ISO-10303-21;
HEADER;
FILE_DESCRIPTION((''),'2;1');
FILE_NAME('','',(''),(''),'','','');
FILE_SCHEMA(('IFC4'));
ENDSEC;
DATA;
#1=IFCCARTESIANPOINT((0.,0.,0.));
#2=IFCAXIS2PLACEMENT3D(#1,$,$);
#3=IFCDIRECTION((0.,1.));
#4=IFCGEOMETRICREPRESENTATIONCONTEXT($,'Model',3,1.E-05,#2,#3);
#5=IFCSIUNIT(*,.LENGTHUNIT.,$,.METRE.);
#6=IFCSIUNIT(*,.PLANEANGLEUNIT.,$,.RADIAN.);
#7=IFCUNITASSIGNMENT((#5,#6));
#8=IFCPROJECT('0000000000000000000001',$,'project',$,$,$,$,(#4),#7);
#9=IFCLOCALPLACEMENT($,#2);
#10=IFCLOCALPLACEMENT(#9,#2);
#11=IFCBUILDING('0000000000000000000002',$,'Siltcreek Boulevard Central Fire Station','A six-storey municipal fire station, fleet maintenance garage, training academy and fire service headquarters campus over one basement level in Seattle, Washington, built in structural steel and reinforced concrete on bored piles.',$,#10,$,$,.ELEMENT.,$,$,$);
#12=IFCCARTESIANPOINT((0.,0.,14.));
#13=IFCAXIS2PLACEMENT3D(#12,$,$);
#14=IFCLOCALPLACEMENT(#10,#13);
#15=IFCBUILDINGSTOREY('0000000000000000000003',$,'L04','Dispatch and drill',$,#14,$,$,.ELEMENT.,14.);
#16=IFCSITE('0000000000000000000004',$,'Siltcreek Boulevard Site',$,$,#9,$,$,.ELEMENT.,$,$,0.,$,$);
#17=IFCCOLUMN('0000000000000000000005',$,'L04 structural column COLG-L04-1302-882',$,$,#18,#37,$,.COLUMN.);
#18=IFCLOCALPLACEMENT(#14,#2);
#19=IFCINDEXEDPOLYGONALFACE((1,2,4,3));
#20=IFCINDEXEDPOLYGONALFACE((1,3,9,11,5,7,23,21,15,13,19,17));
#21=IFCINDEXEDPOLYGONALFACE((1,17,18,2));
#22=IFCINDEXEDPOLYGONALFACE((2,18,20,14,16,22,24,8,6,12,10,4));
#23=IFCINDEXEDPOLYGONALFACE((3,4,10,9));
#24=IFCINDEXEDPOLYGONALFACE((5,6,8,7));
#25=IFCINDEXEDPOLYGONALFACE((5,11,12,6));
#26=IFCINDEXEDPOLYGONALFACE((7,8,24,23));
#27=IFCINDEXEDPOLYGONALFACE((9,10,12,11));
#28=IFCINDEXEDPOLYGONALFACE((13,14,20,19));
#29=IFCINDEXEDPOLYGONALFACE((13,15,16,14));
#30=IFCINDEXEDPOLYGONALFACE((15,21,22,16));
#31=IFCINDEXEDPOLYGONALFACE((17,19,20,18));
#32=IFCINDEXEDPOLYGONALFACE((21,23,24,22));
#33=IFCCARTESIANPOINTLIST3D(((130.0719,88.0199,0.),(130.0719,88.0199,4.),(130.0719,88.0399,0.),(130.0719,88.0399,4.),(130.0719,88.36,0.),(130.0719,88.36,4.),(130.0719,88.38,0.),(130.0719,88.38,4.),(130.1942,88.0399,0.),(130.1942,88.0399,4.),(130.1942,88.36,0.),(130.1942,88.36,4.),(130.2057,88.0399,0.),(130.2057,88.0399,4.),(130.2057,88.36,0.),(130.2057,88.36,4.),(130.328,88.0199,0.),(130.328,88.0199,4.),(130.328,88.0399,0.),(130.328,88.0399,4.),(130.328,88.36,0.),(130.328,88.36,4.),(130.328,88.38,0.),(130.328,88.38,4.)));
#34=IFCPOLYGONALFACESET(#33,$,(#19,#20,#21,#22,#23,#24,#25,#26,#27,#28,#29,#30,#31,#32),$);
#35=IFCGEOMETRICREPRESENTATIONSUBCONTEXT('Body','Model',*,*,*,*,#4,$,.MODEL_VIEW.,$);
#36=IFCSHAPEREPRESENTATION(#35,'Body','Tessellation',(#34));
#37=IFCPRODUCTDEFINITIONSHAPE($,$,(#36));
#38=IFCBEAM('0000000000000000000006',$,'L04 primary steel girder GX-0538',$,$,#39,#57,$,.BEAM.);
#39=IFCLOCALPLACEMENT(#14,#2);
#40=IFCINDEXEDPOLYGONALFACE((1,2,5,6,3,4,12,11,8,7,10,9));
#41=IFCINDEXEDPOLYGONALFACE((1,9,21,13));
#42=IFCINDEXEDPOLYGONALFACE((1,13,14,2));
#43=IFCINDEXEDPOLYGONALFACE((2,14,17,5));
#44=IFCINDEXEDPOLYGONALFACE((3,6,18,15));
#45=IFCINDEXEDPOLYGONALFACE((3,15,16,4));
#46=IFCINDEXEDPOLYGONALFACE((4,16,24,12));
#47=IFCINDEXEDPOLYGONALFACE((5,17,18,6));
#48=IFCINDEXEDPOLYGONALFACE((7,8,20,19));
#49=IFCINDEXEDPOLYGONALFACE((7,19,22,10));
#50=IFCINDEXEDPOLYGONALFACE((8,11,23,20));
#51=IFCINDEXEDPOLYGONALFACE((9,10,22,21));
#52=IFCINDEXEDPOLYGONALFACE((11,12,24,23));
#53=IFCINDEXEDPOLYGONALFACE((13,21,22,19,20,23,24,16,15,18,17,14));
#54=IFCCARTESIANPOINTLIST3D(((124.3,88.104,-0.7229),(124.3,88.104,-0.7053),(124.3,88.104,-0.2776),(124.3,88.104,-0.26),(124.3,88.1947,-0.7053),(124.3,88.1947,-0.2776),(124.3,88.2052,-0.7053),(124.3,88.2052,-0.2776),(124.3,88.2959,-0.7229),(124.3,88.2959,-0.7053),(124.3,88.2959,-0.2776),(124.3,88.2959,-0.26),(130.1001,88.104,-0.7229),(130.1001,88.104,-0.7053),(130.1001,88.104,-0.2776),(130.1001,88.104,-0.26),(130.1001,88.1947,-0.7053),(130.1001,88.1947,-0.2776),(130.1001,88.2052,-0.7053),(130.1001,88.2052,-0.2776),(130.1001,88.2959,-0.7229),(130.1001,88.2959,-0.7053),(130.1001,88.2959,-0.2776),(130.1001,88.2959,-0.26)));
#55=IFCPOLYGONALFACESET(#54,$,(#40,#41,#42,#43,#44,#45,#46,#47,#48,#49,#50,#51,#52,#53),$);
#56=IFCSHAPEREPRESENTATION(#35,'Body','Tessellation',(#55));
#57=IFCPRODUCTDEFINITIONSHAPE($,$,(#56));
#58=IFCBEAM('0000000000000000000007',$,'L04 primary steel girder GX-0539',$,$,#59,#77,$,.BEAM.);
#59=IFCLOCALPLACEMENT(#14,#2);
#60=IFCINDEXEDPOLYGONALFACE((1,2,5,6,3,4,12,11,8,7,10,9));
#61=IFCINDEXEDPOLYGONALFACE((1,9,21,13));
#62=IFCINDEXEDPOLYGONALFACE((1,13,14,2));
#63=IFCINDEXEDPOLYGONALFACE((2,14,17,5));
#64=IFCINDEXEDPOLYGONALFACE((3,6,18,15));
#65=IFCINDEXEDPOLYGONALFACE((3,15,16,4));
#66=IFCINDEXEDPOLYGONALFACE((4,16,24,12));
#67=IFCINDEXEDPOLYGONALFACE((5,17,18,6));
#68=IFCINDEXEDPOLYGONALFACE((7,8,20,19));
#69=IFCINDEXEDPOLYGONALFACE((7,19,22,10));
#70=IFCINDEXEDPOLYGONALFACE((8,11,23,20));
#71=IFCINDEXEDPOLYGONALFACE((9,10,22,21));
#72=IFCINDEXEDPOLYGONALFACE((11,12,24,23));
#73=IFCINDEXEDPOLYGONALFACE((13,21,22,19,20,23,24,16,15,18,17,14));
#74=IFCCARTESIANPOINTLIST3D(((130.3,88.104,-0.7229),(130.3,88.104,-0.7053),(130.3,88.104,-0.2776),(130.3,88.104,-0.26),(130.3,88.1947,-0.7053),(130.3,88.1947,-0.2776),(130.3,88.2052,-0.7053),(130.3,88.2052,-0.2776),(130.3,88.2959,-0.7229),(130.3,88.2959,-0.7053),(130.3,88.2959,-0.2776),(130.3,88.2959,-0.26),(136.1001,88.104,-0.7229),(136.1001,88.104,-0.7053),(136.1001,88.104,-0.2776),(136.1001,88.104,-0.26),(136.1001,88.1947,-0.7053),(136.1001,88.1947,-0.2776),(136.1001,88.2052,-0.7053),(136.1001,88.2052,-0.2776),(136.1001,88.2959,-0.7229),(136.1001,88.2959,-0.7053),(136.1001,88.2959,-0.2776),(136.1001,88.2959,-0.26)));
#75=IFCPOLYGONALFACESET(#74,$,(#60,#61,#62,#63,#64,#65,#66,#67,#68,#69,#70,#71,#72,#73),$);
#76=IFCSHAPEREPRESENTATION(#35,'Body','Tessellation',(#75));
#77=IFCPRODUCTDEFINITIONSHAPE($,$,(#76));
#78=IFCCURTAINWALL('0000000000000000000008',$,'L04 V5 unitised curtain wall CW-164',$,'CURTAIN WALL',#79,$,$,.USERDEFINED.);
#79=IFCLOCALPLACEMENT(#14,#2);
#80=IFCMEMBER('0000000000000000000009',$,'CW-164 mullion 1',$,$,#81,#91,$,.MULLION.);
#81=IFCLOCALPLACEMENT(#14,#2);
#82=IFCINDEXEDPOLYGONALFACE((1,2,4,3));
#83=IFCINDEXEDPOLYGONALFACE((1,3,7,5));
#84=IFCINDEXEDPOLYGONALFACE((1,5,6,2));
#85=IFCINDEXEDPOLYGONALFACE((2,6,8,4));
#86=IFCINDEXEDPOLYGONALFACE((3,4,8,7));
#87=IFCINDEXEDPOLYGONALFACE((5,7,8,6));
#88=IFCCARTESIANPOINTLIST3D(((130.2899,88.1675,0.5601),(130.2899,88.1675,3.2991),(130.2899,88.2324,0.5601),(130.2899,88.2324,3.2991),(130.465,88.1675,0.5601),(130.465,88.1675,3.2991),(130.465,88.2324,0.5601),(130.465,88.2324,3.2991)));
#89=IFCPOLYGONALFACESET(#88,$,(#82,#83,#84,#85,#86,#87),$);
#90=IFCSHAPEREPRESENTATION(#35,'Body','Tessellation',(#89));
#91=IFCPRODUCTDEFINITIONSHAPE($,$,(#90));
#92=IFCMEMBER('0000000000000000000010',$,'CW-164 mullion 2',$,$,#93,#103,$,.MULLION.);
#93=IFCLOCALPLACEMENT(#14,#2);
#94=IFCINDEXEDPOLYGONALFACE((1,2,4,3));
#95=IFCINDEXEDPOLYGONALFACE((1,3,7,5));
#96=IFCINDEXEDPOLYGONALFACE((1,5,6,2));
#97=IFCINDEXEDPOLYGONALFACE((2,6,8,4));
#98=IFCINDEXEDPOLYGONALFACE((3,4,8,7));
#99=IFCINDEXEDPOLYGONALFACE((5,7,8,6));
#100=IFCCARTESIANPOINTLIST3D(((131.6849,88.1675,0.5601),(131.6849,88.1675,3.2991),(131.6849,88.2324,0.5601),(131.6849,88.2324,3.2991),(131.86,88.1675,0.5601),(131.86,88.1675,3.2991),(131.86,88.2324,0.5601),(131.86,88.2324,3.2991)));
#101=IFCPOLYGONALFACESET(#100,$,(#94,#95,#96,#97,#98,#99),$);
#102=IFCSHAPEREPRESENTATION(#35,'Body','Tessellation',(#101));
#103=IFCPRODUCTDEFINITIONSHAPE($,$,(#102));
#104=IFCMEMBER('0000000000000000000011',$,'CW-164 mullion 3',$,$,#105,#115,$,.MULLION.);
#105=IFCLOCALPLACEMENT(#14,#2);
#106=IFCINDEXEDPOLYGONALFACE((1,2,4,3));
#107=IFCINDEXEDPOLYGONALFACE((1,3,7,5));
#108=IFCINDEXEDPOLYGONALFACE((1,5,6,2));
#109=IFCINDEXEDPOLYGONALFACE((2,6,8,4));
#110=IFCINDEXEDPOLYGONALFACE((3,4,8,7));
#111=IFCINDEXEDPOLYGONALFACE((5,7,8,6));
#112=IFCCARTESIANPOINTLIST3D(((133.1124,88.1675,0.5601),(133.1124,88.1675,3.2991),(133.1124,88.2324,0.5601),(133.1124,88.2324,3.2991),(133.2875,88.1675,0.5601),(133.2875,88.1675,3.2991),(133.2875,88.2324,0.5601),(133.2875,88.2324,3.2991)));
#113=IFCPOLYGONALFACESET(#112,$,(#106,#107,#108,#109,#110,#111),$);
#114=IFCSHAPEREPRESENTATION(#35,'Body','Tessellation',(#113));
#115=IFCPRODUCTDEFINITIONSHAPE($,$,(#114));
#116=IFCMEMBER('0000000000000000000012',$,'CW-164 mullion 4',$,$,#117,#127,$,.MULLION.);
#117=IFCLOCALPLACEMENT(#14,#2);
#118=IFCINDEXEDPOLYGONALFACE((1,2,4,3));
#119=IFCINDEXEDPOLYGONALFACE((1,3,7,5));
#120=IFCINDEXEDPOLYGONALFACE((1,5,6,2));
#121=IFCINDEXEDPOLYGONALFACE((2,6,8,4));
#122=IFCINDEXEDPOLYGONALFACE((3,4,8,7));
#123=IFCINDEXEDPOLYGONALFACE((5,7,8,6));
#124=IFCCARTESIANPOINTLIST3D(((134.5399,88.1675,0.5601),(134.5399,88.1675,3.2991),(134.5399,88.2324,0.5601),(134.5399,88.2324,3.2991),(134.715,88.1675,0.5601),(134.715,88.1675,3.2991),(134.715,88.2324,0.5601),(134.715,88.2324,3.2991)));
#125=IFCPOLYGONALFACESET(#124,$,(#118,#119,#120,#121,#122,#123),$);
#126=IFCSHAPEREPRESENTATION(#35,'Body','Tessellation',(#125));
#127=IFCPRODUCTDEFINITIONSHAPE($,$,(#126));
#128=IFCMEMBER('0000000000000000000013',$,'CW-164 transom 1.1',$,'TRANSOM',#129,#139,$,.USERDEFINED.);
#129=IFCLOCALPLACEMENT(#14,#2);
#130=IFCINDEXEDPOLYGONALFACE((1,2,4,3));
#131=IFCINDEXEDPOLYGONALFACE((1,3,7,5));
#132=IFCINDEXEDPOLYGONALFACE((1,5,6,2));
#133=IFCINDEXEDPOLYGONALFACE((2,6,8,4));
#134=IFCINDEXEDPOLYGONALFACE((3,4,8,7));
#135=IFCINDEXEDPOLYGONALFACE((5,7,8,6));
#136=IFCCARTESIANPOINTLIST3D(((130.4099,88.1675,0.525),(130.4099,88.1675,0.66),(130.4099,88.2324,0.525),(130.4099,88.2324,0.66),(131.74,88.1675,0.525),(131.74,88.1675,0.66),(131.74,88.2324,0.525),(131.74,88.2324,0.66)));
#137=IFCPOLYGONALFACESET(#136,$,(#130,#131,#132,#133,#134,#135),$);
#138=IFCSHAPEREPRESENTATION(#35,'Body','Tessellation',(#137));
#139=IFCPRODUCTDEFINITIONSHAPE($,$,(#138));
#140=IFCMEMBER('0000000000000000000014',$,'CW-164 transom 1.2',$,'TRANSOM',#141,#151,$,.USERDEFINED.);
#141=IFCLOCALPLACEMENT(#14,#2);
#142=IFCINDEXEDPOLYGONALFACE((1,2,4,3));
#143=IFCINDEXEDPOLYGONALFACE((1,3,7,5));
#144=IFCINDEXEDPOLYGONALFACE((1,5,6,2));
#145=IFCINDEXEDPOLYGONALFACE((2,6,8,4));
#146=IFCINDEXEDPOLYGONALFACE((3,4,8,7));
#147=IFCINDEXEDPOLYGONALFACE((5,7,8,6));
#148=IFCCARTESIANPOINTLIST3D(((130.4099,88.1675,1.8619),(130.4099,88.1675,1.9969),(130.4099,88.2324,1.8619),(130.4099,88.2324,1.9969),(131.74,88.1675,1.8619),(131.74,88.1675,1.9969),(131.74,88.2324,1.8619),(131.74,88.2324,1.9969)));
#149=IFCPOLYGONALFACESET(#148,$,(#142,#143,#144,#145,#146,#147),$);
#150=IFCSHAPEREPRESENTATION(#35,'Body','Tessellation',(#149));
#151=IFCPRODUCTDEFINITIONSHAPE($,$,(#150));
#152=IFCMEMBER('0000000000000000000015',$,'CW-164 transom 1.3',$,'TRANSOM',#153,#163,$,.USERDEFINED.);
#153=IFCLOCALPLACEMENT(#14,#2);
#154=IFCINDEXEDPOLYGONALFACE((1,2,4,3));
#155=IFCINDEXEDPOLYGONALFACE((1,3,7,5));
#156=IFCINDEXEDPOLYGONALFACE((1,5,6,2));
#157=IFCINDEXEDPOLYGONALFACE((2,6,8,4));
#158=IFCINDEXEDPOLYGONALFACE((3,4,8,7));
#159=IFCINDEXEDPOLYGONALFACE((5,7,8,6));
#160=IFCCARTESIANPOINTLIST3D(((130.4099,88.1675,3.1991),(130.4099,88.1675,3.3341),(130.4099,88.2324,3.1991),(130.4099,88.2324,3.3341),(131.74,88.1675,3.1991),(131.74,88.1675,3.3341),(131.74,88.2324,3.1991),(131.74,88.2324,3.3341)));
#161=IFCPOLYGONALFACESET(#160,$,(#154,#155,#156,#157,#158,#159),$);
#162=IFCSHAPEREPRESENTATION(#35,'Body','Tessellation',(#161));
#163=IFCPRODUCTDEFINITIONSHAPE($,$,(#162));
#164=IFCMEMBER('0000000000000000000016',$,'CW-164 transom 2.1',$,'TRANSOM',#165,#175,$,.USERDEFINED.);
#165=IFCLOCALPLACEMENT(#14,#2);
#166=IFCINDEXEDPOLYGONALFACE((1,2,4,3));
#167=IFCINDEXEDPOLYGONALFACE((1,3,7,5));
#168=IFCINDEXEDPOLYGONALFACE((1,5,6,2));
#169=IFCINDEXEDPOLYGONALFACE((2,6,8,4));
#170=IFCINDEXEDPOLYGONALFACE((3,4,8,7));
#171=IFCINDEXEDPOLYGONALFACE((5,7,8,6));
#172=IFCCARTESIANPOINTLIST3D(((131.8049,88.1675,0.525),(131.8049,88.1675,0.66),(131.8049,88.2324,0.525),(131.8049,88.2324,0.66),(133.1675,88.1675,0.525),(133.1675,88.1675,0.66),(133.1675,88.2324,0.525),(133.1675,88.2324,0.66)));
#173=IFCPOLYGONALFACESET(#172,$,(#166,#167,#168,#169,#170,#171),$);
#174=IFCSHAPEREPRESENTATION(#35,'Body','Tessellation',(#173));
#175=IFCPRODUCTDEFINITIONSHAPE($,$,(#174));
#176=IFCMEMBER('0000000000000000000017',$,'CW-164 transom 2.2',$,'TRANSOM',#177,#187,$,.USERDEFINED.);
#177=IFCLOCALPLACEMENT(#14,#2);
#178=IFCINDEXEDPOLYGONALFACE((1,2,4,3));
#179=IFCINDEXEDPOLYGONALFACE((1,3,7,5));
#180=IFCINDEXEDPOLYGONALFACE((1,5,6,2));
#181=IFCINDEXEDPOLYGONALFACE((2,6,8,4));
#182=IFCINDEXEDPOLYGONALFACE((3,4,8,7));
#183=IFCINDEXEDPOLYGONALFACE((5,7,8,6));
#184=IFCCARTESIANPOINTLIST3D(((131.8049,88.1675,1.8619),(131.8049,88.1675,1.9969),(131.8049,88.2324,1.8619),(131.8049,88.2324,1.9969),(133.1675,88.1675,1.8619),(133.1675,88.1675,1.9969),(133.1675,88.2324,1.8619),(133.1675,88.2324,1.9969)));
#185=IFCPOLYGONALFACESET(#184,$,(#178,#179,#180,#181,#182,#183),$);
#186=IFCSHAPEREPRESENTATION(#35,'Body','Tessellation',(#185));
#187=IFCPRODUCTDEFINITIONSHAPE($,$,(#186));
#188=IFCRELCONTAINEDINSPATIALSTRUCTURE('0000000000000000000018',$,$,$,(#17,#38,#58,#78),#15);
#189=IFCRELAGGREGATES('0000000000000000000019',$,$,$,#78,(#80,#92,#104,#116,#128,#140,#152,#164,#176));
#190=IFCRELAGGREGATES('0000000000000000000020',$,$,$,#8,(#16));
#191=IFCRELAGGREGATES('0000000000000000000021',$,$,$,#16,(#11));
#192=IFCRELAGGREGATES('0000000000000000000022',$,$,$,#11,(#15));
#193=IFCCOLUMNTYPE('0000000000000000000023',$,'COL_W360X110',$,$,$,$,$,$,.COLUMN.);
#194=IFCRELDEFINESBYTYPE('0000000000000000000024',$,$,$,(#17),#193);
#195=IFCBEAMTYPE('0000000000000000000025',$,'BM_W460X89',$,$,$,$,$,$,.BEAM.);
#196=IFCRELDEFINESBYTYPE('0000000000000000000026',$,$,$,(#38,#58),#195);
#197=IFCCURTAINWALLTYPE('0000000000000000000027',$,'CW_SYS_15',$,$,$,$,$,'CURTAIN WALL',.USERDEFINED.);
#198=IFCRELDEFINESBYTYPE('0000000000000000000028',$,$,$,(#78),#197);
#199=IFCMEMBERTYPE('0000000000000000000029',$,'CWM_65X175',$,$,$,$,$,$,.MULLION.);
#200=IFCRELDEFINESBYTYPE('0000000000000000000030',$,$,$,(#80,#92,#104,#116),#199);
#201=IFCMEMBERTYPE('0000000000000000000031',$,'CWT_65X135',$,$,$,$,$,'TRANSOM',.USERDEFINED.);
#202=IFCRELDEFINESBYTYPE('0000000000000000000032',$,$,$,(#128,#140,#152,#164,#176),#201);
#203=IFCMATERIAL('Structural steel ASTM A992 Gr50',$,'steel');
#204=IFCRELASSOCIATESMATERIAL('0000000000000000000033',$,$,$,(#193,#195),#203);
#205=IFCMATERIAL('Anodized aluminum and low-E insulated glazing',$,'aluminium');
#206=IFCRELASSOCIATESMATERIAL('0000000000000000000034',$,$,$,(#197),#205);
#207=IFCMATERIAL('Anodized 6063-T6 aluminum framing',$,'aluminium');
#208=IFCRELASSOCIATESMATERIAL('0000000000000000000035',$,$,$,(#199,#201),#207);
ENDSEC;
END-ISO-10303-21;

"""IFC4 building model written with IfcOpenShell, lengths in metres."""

from ifc_helpers import new_model, si_unit, direction, frame, origin, origin_2d, place, context, subcontext, project, spatial, rectangle, i_section, extrude, material, material_profile, profile_set, type_object, element, aggregate, save


model = new_model("IFC4")

# Units and contexts
model_context = context("Model", 3, precision=1e-05, world=origin(), true_north=direction((0.0, 1.0)))
body_context = subcontext(model_context, "Body", "Model", "MODEL_VIEW")
ifc_project = project(units=[si_unit("LENGTHUNIT", "METRE"), si_unit("PLANEANGLEUNIT", "RADIAN")], contexts=[model_context])

# Site, building, storey
site_placement = place(None, origin())
site = spatial("IfcSite", under=ifc_project, at=site_placement, Name="Siltcreek Boulevard Site", CompositionType="ELEMENT", RefElevation=0.0)
building_placement = place(site_placement, origin())
building = spatial("IfcBuilding", under=site, at=building_placement, Name="Siltcreek Boulevard Central Fire Station", Description="A six-storey municipal fire station, fleet maintenance garage, training academy and fire service headquarters campus over one basement level in Seattle, Washington, built in structural steel and reinforced concrete on bored piles.", CompositionType="ELEMENT")
storey_placement = place(building_placement, frame((0.0, 0.0, 14.0)))
storey = spatial("IfcBuildingStorey", under=building, at=storey_placement, Name="L04", Description="Dispatch and drill", CompositionType="ELEMENT", Elevation=14.0)

# Column
ifc_material_1 = material(Name="Structural steel ASTM A992 Gr50", Category="steel")
ifc_material_profile_1 = material_profile(ifc_material_1, i_section(OverallWidth=0.2561, OverallDepth=0.3601, WebThickness=0.0115, FlangeThickness=0.02, at=origin_2d()), Name="W360X110")
ifc_profile_set_1 = profile_set([ifc_material_profile_1], Name="Structural steel ASTM A992 Gr50")
column_type = type_object("IfcColumnType", Name="COL_W360X110", PredefinedType="COLUMN", material=ifc_profile_set_1)
column_placement = place(storey_placement, frame((130.2, 88.2, 0.0), z_axis=(0.0, 0.0, 1.0), x_axis=(1.0, 0.0, 0.0)))
element("IfcColumn", 1, at=column_placement, inside=storey, type_object=column_type, Name="L04 structural column COLG-L04-1302-882", PredefinedType="COLUMN", context=body_context, shape_type="SweptSolid", body=[
    extrude(i_section(OverallWidth=0.2561, OverallDepth=0.3601, WebThickness=0.0115, FlangeThickness=0.02, at=origin_2d()), origin(), (0.0, 0.0, 1.0), 4.0),
])

# Beams
ifc_material_profile_2 = material_profile(ifc_material_1, i_section(OverallWidth=0.1919, OverallDepth=0.4629, WebThickness=0.0105, FlangeThickness=0.0176, at=origin_2d()), Name="W460X89")
ifc_profile_set_2 = profile_set([ifc_material_profile_2], Name="Structural steel ASTM A992 Gr50")
beam_type_1 = type_object("IfcBeamType", Name="BM_W460X89", PredefinedType="BEAM", material=ifc_profile_set_2)
for number, where, z_axis, x_axis, name in (
    (2, (124.3, 88.2, -0.4915), (1.0, 0.0, 0.0), (0.0, 1.0, 0.0), "L04 primary steel girder GX-0538"),
    (3, (130.3, 88.2, -0.4915), (1.0, 0.0, 0.0), (0.0, 1.0, 0.0), "L04 primary steel girder GX-0539"),
):
    element("IfcBeam", number, at=place(storey_placement, frame(where, z_axis=z_axis, x_axis=x_axis)), inside=storey, type_object=beam_type_1, Name=name, PredefinedType="BEAM", context=body_context, shape_type="SweptSolid", body=[
        extrude(i_section(OverallWidth=0.1919, OverallDepth=0.4629, WebThickness=0.0105, FlangeThickness=0.0176, at=origin_2d()), origin(), (0.0, 0.0, 1.0), 5.8),
    ])

# Curtain wall, members
ifc_material_2 = material(Name="Anodized aluminum and low-E insulated glazing", Category="aluminium")
curtain_wall_type = type_object("IfcCurtainWallType", Name="CW_SYS_15", ElementType="CURTAIN WALL", PredefinedType="USERDEFINED", material=ifc_material_2)
curtain_wall_placement = place(storey_placement, origin())
curtain_wall = element("IfcCurtainWall", 4, at=curtain_wall_placement, inside=storey, type_object=curtain_wall_type, Name="L04 V5 unitised curtain wall CW-164", ObjectType="CURTAIN WALL", PredefinedType="USERDEFINED")
ifc_material_3 = material(Name="Anodized 6063-T6 aluminum framing", Category="aluminium")
ifc_material_profile_3 = material_profile(ifc_material_3, rectangle(XDim=0.0649, YDim=0.175, at=origin_2d()), Name="MULL65X175")
ifc_profile_set_3 = profile_set([ifc_material_profile_3], Name="Anodized 6063-T6 aluminum framing")
member_type_1 = type_object("IfcMemberType", Name="CWM_65X175", PredefinedType="MULLION", material=ifc_profile_set_3)
member_1_placement = place(storey_placement, frame((130.3774, 88.2, 0.5601), z_axis=(0.0, 0.0, 1.0), x_axis=(0.0, 1.0, 0.0)))
member_1 = element("IfcMember", 5, at=member_1_placement, type_object=member_type_1, Name="CW-164 mullion 1", PredefinedType="MULLION", context=body_context, shape_type="SweptSolid", body=[
    extrude(rectangle(XDim=0.0649, YDim=0.175, at=origin_2d()), origin(), (0.0, 0.0, 1.0), 2.739),
])
member_2_placement = place(storey_placement, frame((131.7725, 88.2, 0.5601), z_axis=(0.0, 0.0, 1.0), x_axis=(0.0, 1.0, 0.0)))
member_2 = element("IfcMember", 6, at=member_2_placement, type_object=member_type_1, Name="CW-164 mullion 2", PredefinedType="MULLION", context=body_context, shape_type="SweptSolid", body=[
    extrude(rectangle(XDim=0.0649, YDim=0.175, at=origin_2d()), origin(), (0.0, 0.0, 1.0), 2.739),
])
member_3_placement = place(storey_placement, frame((133.2, 88.2, 0.5601), z_axis=(0.0, 0.0, 1.0), x_axis=(0.0, 1.0, 0.0)))
member_3 = element("IfcMember", 7, at=member_3_placement, type_object=member_type_1, Name="CW-164 mullion 3", PredefinedType="MULLION", context=body_context, shape_type="SweptSolid", body=[
    extrude(rectangle(XDim=0.0649, YDim=0.175, at=origin_2d()), origin(), (0.0, 0.0, 1.0), 2.739),
])
member_4_placement = place(storey_placement, frame((134.6274, 88.2, 0.5601), z_axis=(0.0, 0.0, 1.0), x_axis=(0.0, 1.0, 0.0)))
member_4 = element("IfcMember", 8, at=member_4_placement, type_object=member_type_1, Name="CW-164 mullion 4", PredefinedType="MULLION", context=body_context, shape_type="SweptSolid", body=[
    extrude(rectangle(XDim=0.0649, YDim=0.175, at=origin_2d()), origin(), (0.0, 0.0, 1.0), 2.739),
])
ifc_material_profile_4 = material_profile(ifc_material_3, rectangle(XDim=0.0649, YDim=0.135, at=origin_2d()), Name="TRAN65X135")
ifc_profile_set_4 = profile_set([ifc_material_profile_4], Name="Anodized 6063-T6 aluminum framing")
member_type_2 = type_object("IfcMemberType", Name="CWT_65X135", ElementType="TRANSOM", PredefinedType="USERDEFINED", material=ifc_profile_set_4)
member_5_placement = place(storey_placement, frame((130.4099, 88.2, 0.5925), z_axis=(1.0, 0.0, 0.0), x_axis=(0.0, 1.0, 0.0)))
member_5 = element("IfcMember", 9, at=member_5_placement, type_object=member_type_2, Name="CW-164 transom 1.1", ObjectType="TRANSOM", PredefinedType="USERDEFINED", context=body_context, shape_type="SweptSolid", body=[
    extrude(rectangle(XDim=0.0649, YDim=0.135, at=origin_2d()), origin(), (0.0, 0.0, 1.0), 1.3301),
])
member_6_placement = place(storey_placement, frame((130.4099, 88.2, 1.9294), z_axis=(1.0, 0.0, 0.0), x_axis=(0.0, 1.0, 0.0)))
member_6 = element("IfcMember", 10, at=member_6_placement, type_object=member_type_2, Name="CW-164 transom 1.2", ObjectType="TRANSOM", PredefinedType="USERDEFINED", context=body_context, shape_type="SweptSolid", body=[
    extrude(rectangle(XDim=0.0649, YDim=0.135, at=origin_2d()), origin(), (0.0, 0.0, 1.0), 1.3301),
])
member_7_placement = place(storey_placement, frame((130.4099, 88.2, 3.2666), z_axis=(1.0, 0.0, 0.0), x_axis=(0.0, 1.0, 0.0)))
member_7 = element("IfcMember", 11, at=member_7_placement, type_object=member_type_2, Name="CW-164 transom 1.3", ObjectType="TRANSOM", PredefinedType="USERDEFINED", context=body_context, shape_type="SweptSolid", body=[
    extrude(rectangle(XDim=0.0649, YDim=0.135, at=origin_2d()), origin(), (0.0, 0.0, 1.0), 1.3301),
])
member_8_placement = place(storey_placement, frame((131.8049, 88.2, 0.5925), z_axis=(1.0, 0.0, 0.0), x_axis=(0.0, 1.0, 0.0)))
member_8 = element("IfcMember", 12, at=member_8_placement, type_object=member_type_2, Name="CW-164 transom 2.1", ObjectType="TRANSOM", PredefinedType="USERDEFINED", context=body_context, shape_type="SweptSolid", body=[
    extrude(rectangle(XDim=0.0649, YDim=0.135, at=origin_2d()), origin(), (0.0, 0.0, 1.0), 1.3625),
])
member_9_placement = place(storey_placement, frame((131.8049, 88.2, 1.9294), z_axis=(1.0, 0.0, 0.0), x_axis=(0.0, 1.0, 0.0)))
member_9 = element("IfcMember", 13, at=member_9_placement, type_object=member_type_2, Name="CW-164 transom 2.2", ObjectType="TRANSOM", PredefinedType="USERDEFINED", context=body_context, shape_type="SweptSolid", body=[
    extrude(rectangle(XDim=0.0649, YDim=0.135, at=origin_2d()), origin(), (0.0, 0.0, 1.0), 1.3625),
])

aggregate(curtain_wall, [member_1, member_2, member_3, member_4, member_5, member_6, member_7, member_8, member_9])

save(model, "model.ifc")
